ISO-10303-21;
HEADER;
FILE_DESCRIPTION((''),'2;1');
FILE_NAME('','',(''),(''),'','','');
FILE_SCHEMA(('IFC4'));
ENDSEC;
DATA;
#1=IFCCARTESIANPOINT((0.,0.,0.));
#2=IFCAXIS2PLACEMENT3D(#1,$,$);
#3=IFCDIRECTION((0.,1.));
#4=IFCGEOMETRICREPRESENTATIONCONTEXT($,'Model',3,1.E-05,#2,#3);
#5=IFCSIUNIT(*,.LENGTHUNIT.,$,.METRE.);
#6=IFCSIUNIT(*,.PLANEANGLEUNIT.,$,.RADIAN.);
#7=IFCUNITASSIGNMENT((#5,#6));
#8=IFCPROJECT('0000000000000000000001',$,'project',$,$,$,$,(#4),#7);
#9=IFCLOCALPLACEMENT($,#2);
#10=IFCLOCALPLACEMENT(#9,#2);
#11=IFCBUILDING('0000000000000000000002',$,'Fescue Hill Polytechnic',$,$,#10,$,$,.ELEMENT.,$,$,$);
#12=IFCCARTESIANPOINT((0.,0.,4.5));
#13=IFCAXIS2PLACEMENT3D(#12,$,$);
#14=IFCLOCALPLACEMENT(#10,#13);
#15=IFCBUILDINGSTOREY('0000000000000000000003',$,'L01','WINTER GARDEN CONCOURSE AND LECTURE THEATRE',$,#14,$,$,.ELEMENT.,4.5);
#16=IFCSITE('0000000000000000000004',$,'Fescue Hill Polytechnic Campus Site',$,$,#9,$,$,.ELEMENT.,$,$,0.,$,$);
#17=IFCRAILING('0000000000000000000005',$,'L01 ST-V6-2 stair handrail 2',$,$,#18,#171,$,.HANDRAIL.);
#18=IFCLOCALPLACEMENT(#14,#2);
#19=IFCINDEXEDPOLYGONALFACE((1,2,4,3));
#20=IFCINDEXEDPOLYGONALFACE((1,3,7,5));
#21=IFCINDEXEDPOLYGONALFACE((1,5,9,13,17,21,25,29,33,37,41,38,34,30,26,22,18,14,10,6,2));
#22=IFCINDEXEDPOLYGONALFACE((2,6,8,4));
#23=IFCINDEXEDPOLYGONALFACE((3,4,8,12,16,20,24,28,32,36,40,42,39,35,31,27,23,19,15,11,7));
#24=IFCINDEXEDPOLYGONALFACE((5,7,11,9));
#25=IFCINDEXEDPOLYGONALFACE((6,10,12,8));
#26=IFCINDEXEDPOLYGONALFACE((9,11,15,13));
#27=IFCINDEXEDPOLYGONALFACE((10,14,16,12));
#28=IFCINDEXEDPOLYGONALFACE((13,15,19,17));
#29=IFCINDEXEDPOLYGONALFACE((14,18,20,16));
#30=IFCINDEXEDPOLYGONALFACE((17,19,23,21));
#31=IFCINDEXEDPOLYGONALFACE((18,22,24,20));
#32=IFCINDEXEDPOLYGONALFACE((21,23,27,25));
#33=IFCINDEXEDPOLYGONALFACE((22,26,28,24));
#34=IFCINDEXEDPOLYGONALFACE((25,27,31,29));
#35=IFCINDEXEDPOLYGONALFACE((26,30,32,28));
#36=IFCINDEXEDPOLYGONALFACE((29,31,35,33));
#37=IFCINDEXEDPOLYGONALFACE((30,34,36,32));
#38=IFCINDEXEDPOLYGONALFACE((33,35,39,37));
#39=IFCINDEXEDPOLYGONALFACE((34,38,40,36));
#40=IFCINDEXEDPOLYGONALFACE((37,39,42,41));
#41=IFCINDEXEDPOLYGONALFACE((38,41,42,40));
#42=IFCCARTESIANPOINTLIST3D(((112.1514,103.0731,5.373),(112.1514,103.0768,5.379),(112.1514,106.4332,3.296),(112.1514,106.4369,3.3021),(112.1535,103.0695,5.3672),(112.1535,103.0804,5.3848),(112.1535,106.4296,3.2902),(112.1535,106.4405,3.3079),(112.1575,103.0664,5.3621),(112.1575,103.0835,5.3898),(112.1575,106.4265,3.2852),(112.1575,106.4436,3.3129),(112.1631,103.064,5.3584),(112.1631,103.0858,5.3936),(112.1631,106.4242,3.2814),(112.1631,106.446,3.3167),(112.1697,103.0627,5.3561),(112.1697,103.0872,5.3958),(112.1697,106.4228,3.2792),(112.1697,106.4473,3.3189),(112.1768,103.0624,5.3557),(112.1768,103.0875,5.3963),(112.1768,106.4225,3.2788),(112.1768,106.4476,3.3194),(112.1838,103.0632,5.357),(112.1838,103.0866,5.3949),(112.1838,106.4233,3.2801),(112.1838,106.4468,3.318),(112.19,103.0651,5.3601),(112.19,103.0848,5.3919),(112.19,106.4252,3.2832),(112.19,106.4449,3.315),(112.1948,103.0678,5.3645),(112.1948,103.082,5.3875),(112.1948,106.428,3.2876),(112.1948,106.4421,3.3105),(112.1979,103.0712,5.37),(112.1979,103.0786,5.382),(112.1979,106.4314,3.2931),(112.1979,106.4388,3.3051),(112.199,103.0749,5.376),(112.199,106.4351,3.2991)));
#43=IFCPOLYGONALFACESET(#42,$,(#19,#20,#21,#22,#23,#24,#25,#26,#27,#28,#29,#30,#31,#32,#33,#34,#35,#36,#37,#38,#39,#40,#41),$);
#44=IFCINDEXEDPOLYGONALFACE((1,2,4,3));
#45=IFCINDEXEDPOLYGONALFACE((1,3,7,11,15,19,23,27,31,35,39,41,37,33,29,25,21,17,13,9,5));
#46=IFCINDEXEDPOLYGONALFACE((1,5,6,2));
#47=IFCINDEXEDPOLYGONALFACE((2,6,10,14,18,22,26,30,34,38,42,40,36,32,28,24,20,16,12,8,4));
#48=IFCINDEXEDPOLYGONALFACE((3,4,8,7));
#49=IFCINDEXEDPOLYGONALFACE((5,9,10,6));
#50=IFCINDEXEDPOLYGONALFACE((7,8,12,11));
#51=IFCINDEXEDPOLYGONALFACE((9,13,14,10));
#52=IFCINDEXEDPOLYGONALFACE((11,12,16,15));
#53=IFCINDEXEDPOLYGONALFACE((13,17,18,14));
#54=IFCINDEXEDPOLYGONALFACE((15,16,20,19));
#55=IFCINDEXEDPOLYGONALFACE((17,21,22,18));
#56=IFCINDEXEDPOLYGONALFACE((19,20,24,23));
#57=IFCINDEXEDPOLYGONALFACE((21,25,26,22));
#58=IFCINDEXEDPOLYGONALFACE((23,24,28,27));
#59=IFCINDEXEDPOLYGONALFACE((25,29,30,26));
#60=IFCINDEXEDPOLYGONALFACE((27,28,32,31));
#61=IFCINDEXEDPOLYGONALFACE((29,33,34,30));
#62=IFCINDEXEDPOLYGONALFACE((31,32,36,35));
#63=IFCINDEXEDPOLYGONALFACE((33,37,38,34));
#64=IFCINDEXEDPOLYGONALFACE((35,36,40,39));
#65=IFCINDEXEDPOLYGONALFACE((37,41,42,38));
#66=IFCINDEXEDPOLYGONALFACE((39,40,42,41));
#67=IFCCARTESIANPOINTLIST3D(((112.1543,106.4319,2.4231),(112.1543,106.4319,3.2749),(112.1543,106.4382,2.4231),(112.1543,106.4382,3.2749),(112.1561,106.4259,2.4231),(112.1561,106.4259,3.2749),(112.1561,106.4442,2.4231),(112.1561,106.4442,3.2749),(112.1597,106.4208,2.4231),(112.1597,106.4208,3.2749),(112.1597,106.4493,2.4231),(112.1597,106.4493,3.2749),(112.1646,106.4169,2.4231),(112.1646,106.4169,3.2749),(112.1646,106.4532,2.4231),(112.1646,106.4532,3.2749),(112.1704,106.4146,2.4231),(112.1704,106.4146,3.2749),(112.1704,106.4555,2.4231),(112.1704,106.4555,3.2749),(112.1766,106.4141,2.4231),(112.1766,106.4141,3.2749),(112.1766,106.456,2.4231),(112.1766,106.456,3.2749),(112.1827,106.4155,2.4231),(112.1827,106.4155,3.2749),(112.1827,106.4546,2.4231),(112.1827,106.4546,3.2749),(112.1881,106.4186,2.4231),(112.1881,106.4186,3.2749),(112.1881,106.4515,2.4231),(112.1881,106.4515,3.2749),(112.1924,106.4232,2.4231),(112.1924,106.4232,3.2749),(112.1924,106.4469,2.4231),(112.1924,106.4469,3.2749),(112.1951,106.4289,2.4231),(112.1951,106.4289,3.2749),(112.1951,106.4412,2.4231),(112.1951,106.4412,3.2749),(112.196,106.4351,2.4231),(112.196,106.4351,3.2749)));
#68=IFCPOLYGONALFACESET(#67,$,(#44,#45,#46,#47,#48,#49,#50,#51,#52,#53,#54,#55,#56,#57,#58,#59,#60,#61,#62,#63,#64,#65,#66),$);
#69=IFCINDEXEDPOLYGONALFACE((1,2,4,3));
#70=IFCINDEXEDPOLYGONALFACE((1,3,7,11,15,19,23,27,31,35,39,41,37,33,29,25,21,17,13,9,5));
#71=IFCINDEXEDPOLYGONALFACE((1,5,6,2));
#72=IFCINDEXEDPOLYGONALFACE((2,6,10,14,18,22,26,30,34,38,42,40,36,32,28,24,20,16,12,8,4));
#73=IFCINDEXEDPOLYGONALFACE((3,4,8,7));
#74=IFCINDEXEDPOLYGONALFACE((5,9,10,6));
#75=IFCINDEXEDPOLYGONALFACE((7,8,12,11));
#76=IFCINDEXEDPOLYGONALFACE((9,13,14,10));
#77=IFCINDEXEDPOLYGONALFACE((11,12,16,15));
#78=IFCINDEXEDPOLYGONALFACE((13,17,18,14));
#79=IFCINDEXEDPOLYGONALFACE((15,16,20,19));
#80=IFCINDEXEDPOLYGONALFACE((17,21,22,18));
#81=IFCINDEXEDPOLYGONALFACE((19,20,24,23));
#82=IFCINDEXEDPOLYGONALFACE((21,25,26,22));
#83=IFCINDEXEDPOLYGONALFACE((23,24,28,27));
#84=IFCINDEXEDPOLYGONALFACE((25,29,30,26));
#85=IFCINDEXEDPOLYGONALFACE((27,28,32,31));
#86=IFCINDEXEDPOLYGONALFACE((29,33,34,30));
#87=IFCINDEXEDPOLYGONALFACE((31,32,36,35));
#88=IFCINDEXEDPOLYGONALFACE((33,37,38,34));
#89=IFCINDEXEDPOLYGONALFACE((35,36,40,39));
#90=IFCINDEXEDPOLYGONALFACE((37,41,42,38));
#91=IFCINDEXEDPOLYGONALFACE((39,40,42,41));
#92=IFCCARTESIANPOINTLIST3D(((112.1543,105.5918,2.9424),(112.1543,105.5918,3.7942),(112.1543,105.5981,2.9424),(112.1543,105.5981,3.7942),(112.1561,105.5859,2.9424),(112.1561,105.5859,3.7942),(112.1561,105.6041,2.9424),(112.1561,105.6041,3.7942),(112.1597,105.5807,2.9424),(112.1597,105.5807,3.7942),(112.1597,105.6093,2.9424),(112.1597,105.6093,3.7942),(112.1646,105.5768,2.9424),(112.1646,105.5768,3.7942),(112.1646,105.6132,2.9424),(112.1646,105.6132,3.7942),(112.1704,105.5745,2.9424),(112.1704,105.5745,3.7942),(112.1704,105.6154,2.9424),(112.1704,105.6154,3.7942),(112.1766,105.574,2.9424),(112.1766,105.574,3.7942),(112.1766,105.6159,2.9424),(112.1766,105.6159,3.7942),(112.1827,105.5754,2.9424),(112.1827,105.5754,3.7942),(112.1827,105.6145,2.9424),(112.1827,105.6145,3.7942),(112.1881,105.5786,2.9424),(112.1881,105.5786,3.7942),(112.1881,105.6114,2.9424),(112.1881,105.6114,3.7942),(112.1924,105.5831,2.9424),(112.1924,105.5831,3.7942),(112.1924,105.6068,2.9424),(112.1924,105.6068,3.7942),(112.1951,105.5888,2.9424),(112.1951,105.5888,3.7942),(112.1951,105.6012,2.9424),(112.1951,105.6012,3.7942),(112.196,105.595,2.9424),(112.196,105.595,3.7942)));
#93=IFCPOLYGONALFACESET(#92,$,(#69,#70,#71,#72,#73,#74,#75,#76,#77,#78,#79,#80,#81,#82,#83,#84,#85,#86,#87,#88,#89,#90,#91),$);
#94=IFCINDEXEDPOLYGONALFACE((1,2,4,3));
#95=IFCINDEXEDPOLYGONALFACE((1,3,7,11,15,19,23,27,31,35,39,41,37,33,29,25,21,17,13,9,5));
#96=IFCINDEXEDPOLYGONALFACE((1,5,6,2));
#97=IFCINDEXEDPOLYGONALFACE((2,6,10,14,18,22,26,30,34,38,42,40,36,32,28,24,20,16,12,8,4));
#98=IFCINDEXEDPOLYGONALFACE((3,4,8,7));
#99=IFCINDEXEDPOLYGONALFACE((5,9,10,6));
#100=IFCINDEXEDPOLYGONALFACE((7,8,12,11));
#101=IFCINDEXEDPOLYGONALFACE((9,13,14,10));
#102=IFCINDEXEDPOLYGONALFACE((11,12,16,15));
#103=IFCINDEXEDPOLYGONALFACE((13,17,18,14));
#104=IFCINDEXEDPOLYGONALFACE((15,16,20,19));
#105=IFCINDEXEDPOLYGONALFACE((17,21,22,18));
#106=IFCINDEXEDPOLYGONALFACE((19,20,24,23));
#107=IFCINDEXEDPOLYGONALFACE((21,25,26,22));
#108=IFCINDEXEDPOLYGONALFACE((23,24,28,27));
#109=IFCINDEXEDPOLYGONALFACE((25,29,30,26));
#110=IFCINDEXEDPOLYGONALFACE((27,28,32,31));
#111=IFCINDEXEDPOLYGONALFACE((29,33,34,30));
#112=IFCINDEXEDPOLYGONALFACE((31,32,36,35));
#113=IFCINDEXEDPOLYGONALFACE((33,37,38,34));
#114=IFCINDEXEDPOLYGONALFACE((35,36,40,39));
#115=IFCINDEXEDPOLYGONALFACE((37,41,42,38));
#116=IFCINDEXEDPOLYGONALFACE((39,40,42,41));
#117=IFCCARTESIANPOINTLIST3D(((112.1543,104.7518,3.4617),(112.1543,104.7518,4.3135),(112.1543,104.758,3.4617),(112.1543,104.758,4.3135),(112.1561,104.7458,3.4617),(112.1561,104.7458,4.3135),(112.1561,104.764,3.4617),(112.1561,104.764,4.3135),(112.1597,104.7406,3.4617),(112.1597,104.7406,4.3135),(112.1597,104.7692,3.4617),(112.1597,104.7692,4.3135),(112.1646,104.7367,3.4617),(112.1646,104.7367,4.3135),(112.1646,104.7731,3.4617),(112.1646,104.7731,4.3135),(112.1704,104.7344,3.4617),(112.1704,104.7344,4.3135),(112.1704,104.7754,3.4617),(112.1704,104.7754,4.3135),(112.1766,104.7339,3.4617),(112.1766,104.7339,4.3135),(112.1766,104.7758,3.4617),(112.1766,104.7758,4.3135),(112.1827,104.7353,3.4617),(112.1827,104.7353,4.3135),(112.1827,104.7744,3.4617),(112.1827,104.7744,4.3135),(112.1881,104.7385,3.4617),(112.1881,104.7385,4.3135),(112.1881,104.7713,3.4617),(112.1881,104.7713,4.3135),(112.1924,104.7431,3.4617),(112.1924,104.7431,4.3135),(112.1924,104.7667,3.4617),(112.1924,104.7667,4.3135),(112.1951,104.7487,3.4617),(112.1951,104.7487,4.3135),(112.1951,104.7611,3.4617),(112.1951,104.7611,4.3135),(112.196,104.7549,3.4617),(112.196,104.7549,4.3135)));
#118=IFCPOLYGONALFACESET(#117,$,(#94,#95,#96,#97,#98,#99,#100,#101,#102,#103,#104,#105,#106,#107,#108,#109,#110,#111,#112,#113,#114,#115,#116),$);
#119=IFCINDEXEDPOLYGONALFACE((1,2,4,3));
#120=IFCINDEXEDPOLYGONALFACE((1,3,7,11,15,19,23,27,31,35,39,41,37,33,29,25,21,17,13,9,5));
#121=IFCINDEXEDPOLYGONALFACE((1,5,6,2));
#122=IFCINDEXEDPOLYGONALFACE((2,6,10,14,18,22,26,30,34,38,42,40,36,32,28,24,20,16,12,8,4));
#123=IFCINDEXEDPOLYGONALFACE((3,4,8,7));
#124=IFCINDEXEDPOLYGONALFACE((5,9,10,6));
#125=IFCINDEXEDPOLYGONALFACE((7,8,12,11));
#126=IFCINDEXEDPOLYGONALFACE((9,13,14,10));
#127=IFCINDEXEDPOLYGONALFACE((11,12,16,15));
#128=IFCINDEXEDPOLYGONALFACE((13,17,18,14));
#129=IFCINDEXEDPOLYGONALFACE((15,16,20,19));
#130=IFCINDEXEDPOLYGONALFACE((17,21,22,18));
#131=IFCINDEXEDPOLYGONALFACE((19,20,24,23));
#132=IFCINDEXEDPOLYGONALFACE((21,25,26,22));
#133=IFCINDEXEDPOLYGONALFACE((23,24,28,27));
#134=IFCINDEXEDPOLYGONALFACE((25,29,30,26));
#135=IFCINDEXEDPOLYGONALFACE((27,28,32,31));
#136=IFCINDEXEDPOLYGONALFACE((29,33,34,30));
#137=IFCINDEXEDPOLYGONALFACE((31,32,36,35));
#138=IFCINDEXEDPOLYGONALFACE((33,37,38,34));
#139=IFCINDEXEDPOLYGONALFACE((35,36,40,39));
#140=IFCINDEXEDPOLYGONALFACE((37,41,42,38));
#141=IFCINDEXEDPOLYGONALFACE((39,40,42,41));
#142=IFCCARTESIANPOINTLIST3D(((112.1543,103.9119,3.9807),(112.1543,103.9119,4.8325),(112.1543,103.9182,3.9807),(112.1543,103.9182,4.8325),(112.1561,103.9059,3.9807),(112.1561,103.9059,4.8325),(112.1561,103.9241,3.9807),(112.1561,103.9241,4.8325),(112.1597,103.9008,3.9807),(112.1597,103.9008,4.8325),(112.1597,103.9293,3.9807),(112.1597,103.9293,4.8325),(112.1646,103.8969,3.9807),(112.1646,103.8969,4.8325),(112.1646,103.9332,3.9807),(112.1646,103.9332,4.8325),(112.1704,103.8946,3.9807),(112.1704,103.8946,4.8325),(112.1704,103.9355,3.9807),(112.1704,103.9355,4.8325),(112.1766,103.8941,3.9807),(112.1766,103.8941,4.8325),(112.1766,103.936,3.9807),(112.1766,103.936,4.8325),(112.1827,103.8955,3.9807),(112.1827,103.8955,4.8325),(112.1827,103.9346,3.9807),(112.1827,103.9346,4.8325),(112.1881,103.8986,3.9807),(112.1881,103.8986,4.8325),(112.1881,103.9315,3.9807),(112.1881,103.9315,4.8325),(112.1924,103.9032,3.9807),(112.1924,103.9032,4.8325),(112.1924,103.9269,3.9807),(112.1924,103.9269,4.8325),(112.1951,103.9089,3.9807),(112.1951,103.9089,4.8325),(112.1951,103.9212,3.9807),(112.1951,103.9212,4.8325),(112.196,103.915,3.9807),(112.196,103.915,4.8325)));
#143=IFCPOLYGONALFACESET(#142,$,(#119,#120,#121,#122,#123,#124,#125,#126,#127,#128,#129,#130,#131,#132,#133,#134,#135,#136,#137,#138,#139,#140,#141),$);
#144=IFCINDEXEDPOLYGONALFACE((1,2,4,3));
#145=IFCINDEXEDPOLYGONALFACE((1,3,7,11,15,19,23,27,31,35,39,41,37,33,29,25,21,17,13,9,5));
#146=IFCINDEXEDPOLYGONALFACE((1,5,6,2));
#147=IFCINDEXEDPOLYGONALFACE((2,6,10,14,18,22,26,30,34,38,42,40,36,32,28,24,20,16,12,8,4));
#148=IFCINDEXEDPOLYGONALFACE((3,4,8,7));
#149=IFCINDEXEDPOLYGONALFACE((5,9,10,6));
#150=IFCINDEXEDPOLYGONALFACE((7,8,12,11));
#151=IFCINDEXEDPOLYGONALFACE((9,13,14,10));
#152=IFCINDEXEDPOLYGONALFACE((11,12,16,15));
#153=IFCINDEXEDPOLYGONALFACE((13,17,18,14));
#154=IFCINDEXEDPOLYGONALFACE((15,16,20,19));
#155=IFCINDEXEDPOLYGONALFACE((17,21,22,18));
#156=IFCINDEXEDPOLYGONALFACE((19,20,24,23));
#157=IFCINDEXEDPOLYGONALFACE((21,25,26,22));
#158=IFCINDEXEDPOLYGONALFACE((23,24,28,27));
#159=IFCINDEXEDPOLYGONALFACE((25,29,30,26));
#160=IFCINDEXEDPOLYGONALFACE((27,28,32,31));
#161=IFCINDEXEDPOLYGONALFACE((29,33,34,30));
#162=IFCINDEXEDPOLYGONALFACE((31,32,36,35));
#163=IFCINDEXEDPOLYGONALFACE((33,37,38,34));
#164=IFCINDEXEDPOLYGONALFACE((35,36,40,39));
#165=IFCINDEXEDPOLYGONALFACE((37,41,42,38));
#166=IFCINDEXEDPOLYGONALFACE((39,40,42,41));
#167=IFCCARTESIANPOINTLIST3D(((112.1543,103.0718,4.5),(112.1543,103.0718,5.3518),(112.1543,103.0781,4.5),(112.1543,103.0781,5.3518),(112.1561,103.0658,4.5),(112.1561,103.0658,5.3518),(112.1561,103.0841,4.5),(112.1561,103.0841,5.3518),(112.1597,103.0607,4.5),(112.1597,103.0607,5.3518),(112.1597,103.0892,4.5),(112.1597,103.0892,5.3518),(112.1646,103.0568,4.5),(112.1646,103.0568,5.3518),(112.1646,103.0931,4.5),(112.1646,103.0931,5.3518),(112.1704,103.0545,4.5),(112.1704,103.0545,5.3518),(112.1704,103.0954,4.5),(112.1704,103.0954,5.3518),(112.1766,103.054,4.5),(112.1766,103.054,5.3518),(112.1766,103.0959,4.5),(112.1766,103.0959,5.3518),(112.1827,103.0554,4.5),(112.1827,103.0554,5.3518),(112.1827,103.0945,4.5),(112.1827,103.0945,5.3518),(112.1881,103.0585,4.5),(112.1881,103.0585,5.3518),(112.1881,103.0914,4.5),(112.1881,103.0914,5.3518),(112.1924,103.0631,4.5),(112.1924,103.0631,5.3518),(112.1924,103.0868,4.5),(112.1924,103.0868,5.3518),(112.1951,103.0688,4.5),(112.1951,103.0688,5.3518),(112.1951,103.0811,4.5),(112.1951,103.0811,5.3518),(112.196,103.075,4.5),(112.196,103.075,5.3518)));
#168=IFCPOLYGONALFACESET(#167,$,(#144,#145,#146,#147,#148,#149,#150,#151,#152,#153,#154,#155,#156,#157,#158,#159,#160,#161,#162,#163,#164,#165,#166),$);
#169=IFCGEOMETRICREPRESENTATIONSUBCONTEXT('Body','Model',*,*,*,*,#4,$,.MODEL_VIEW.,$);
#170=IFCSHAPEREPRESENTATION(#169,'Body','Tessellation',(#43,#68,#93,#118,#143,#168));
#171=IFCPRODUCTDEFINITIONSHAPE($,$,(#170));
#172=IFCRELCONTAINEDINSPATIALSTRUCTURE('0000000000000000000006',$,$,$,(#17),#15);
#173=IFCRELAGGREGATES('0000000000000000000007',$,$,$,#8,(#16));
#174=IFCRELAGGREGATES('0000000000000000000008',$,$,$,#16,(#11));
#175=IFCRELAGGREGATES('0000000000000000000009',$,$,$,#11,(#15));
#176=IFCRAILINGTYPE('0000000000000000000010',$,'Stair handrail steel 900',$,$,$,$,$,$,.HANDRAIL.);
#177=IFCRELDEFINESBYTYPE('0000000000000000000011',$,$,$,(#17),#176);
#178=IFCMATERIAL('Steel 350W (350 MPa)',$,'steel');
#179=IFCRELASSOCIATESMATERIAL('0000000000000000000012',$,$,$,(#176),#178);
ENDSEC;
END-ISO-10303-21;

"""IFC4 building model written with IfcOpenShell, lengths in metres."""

from ifc_helpers import new_model, si_unit, direction, frame, origin, origin_2d, place, context, subcontext, project, spatial, circle, extrude, material, type_object, element, save


model = new_model("IFC4")

# Units and contexts
model_context = context("Model", 3, precision=1e-05, world=origin(), true_north=direction((0.0, 1.0)))
body_context = subcontext(model_context, "Body", "Model", "MODEL_VIEW")
ifc_project = project(units=[si_unit("LENGTHUNIT", "METRE"), si_unit("PLANEANGLEUNIT", "RADIAN")], contexts=[model_context])

# Site, building, storey
site_placement = place(None, origin())
site = spatial("IfcSite", under=ifc_project, at=site_placement, Name="Fescue Hill Polytechnic Campus Site", CompositionType="ELEMENT", RefElevation=0.0)
building_placement = place(site_placement, origin())
building = spatial("IfcBuilding", under=site, at=building_placement, Name="Fescue Hill Polytechnic", CompositionType="ELEMENT")
storey_placement = place(building_placement, frame((0.0, 0.0, 4.5)))
storey = spatial("IfcBuildingStorey", under=building, at=storey_placement, Name="L01", Description="WINTER GARDEN CONCOURSE AND LECTURE THEATRE", CompositionType="ELEMENT", Elevation=4.5)

# Railing
ifc_material_1 = material(Name="Steel 350W (350 MPa)", Category="steel")
railing_type_1 = type_object("IfcRailingType", Name="Stair handrail steel 900", PredefinedType="HANDRAIL", material=ifc_material_1)
railing_1_placement = place(storey_placement, frame((112.175, 106.4351, 2.4231)))
element("IfcRailing", 1, at=railing_1_placement, inside=storey, type_object=railing_type_1, Name="L01 ST-V6-2 stair handrail 2", PredefinedType="HANDRAIL", context=body_context, shape_type="SweptSolid", body=[
    extrude(circle(Radius=0.0239, at=origin_2d()), frame((0.0, 0.0, 0.876), z_axis=(0.0, -0.850623, 0.525776), x_axis=(1.0, 0.0, 0.0)), (0.0, 0.0, 1.0), 3.9502),
    extrude(circle(Radius=0.021, at=origin_2d()), origin(), (0.0, 0.0, 1.0), 0.8518),
    extrude(circle(Radius=0.021, at=origin_2d()), frame((0.0, -0.8401, 0.5193)), (0.0, 0.0, 1.0), 0.8518),
    extrude(circle(Radius=0.021, at=origin_2d()), frame((0.0, -1.6802, 1.0386)), (0.0, 0.0, 1.0), 0.8518),
    extrude(circle(Radius=0.021, at=origin_2d()), frame((0.0, -2.52, 1.5576)), (0.0, 0.0, 1.0), 0.8518),
    extrude(circle(Radius=0.021, at=origin_2d()), frame((0.0, -3.3601, 2.0769)), (0.0, 0.0, 1.0), 0.8518),
])

save(model, "model.ifc")
